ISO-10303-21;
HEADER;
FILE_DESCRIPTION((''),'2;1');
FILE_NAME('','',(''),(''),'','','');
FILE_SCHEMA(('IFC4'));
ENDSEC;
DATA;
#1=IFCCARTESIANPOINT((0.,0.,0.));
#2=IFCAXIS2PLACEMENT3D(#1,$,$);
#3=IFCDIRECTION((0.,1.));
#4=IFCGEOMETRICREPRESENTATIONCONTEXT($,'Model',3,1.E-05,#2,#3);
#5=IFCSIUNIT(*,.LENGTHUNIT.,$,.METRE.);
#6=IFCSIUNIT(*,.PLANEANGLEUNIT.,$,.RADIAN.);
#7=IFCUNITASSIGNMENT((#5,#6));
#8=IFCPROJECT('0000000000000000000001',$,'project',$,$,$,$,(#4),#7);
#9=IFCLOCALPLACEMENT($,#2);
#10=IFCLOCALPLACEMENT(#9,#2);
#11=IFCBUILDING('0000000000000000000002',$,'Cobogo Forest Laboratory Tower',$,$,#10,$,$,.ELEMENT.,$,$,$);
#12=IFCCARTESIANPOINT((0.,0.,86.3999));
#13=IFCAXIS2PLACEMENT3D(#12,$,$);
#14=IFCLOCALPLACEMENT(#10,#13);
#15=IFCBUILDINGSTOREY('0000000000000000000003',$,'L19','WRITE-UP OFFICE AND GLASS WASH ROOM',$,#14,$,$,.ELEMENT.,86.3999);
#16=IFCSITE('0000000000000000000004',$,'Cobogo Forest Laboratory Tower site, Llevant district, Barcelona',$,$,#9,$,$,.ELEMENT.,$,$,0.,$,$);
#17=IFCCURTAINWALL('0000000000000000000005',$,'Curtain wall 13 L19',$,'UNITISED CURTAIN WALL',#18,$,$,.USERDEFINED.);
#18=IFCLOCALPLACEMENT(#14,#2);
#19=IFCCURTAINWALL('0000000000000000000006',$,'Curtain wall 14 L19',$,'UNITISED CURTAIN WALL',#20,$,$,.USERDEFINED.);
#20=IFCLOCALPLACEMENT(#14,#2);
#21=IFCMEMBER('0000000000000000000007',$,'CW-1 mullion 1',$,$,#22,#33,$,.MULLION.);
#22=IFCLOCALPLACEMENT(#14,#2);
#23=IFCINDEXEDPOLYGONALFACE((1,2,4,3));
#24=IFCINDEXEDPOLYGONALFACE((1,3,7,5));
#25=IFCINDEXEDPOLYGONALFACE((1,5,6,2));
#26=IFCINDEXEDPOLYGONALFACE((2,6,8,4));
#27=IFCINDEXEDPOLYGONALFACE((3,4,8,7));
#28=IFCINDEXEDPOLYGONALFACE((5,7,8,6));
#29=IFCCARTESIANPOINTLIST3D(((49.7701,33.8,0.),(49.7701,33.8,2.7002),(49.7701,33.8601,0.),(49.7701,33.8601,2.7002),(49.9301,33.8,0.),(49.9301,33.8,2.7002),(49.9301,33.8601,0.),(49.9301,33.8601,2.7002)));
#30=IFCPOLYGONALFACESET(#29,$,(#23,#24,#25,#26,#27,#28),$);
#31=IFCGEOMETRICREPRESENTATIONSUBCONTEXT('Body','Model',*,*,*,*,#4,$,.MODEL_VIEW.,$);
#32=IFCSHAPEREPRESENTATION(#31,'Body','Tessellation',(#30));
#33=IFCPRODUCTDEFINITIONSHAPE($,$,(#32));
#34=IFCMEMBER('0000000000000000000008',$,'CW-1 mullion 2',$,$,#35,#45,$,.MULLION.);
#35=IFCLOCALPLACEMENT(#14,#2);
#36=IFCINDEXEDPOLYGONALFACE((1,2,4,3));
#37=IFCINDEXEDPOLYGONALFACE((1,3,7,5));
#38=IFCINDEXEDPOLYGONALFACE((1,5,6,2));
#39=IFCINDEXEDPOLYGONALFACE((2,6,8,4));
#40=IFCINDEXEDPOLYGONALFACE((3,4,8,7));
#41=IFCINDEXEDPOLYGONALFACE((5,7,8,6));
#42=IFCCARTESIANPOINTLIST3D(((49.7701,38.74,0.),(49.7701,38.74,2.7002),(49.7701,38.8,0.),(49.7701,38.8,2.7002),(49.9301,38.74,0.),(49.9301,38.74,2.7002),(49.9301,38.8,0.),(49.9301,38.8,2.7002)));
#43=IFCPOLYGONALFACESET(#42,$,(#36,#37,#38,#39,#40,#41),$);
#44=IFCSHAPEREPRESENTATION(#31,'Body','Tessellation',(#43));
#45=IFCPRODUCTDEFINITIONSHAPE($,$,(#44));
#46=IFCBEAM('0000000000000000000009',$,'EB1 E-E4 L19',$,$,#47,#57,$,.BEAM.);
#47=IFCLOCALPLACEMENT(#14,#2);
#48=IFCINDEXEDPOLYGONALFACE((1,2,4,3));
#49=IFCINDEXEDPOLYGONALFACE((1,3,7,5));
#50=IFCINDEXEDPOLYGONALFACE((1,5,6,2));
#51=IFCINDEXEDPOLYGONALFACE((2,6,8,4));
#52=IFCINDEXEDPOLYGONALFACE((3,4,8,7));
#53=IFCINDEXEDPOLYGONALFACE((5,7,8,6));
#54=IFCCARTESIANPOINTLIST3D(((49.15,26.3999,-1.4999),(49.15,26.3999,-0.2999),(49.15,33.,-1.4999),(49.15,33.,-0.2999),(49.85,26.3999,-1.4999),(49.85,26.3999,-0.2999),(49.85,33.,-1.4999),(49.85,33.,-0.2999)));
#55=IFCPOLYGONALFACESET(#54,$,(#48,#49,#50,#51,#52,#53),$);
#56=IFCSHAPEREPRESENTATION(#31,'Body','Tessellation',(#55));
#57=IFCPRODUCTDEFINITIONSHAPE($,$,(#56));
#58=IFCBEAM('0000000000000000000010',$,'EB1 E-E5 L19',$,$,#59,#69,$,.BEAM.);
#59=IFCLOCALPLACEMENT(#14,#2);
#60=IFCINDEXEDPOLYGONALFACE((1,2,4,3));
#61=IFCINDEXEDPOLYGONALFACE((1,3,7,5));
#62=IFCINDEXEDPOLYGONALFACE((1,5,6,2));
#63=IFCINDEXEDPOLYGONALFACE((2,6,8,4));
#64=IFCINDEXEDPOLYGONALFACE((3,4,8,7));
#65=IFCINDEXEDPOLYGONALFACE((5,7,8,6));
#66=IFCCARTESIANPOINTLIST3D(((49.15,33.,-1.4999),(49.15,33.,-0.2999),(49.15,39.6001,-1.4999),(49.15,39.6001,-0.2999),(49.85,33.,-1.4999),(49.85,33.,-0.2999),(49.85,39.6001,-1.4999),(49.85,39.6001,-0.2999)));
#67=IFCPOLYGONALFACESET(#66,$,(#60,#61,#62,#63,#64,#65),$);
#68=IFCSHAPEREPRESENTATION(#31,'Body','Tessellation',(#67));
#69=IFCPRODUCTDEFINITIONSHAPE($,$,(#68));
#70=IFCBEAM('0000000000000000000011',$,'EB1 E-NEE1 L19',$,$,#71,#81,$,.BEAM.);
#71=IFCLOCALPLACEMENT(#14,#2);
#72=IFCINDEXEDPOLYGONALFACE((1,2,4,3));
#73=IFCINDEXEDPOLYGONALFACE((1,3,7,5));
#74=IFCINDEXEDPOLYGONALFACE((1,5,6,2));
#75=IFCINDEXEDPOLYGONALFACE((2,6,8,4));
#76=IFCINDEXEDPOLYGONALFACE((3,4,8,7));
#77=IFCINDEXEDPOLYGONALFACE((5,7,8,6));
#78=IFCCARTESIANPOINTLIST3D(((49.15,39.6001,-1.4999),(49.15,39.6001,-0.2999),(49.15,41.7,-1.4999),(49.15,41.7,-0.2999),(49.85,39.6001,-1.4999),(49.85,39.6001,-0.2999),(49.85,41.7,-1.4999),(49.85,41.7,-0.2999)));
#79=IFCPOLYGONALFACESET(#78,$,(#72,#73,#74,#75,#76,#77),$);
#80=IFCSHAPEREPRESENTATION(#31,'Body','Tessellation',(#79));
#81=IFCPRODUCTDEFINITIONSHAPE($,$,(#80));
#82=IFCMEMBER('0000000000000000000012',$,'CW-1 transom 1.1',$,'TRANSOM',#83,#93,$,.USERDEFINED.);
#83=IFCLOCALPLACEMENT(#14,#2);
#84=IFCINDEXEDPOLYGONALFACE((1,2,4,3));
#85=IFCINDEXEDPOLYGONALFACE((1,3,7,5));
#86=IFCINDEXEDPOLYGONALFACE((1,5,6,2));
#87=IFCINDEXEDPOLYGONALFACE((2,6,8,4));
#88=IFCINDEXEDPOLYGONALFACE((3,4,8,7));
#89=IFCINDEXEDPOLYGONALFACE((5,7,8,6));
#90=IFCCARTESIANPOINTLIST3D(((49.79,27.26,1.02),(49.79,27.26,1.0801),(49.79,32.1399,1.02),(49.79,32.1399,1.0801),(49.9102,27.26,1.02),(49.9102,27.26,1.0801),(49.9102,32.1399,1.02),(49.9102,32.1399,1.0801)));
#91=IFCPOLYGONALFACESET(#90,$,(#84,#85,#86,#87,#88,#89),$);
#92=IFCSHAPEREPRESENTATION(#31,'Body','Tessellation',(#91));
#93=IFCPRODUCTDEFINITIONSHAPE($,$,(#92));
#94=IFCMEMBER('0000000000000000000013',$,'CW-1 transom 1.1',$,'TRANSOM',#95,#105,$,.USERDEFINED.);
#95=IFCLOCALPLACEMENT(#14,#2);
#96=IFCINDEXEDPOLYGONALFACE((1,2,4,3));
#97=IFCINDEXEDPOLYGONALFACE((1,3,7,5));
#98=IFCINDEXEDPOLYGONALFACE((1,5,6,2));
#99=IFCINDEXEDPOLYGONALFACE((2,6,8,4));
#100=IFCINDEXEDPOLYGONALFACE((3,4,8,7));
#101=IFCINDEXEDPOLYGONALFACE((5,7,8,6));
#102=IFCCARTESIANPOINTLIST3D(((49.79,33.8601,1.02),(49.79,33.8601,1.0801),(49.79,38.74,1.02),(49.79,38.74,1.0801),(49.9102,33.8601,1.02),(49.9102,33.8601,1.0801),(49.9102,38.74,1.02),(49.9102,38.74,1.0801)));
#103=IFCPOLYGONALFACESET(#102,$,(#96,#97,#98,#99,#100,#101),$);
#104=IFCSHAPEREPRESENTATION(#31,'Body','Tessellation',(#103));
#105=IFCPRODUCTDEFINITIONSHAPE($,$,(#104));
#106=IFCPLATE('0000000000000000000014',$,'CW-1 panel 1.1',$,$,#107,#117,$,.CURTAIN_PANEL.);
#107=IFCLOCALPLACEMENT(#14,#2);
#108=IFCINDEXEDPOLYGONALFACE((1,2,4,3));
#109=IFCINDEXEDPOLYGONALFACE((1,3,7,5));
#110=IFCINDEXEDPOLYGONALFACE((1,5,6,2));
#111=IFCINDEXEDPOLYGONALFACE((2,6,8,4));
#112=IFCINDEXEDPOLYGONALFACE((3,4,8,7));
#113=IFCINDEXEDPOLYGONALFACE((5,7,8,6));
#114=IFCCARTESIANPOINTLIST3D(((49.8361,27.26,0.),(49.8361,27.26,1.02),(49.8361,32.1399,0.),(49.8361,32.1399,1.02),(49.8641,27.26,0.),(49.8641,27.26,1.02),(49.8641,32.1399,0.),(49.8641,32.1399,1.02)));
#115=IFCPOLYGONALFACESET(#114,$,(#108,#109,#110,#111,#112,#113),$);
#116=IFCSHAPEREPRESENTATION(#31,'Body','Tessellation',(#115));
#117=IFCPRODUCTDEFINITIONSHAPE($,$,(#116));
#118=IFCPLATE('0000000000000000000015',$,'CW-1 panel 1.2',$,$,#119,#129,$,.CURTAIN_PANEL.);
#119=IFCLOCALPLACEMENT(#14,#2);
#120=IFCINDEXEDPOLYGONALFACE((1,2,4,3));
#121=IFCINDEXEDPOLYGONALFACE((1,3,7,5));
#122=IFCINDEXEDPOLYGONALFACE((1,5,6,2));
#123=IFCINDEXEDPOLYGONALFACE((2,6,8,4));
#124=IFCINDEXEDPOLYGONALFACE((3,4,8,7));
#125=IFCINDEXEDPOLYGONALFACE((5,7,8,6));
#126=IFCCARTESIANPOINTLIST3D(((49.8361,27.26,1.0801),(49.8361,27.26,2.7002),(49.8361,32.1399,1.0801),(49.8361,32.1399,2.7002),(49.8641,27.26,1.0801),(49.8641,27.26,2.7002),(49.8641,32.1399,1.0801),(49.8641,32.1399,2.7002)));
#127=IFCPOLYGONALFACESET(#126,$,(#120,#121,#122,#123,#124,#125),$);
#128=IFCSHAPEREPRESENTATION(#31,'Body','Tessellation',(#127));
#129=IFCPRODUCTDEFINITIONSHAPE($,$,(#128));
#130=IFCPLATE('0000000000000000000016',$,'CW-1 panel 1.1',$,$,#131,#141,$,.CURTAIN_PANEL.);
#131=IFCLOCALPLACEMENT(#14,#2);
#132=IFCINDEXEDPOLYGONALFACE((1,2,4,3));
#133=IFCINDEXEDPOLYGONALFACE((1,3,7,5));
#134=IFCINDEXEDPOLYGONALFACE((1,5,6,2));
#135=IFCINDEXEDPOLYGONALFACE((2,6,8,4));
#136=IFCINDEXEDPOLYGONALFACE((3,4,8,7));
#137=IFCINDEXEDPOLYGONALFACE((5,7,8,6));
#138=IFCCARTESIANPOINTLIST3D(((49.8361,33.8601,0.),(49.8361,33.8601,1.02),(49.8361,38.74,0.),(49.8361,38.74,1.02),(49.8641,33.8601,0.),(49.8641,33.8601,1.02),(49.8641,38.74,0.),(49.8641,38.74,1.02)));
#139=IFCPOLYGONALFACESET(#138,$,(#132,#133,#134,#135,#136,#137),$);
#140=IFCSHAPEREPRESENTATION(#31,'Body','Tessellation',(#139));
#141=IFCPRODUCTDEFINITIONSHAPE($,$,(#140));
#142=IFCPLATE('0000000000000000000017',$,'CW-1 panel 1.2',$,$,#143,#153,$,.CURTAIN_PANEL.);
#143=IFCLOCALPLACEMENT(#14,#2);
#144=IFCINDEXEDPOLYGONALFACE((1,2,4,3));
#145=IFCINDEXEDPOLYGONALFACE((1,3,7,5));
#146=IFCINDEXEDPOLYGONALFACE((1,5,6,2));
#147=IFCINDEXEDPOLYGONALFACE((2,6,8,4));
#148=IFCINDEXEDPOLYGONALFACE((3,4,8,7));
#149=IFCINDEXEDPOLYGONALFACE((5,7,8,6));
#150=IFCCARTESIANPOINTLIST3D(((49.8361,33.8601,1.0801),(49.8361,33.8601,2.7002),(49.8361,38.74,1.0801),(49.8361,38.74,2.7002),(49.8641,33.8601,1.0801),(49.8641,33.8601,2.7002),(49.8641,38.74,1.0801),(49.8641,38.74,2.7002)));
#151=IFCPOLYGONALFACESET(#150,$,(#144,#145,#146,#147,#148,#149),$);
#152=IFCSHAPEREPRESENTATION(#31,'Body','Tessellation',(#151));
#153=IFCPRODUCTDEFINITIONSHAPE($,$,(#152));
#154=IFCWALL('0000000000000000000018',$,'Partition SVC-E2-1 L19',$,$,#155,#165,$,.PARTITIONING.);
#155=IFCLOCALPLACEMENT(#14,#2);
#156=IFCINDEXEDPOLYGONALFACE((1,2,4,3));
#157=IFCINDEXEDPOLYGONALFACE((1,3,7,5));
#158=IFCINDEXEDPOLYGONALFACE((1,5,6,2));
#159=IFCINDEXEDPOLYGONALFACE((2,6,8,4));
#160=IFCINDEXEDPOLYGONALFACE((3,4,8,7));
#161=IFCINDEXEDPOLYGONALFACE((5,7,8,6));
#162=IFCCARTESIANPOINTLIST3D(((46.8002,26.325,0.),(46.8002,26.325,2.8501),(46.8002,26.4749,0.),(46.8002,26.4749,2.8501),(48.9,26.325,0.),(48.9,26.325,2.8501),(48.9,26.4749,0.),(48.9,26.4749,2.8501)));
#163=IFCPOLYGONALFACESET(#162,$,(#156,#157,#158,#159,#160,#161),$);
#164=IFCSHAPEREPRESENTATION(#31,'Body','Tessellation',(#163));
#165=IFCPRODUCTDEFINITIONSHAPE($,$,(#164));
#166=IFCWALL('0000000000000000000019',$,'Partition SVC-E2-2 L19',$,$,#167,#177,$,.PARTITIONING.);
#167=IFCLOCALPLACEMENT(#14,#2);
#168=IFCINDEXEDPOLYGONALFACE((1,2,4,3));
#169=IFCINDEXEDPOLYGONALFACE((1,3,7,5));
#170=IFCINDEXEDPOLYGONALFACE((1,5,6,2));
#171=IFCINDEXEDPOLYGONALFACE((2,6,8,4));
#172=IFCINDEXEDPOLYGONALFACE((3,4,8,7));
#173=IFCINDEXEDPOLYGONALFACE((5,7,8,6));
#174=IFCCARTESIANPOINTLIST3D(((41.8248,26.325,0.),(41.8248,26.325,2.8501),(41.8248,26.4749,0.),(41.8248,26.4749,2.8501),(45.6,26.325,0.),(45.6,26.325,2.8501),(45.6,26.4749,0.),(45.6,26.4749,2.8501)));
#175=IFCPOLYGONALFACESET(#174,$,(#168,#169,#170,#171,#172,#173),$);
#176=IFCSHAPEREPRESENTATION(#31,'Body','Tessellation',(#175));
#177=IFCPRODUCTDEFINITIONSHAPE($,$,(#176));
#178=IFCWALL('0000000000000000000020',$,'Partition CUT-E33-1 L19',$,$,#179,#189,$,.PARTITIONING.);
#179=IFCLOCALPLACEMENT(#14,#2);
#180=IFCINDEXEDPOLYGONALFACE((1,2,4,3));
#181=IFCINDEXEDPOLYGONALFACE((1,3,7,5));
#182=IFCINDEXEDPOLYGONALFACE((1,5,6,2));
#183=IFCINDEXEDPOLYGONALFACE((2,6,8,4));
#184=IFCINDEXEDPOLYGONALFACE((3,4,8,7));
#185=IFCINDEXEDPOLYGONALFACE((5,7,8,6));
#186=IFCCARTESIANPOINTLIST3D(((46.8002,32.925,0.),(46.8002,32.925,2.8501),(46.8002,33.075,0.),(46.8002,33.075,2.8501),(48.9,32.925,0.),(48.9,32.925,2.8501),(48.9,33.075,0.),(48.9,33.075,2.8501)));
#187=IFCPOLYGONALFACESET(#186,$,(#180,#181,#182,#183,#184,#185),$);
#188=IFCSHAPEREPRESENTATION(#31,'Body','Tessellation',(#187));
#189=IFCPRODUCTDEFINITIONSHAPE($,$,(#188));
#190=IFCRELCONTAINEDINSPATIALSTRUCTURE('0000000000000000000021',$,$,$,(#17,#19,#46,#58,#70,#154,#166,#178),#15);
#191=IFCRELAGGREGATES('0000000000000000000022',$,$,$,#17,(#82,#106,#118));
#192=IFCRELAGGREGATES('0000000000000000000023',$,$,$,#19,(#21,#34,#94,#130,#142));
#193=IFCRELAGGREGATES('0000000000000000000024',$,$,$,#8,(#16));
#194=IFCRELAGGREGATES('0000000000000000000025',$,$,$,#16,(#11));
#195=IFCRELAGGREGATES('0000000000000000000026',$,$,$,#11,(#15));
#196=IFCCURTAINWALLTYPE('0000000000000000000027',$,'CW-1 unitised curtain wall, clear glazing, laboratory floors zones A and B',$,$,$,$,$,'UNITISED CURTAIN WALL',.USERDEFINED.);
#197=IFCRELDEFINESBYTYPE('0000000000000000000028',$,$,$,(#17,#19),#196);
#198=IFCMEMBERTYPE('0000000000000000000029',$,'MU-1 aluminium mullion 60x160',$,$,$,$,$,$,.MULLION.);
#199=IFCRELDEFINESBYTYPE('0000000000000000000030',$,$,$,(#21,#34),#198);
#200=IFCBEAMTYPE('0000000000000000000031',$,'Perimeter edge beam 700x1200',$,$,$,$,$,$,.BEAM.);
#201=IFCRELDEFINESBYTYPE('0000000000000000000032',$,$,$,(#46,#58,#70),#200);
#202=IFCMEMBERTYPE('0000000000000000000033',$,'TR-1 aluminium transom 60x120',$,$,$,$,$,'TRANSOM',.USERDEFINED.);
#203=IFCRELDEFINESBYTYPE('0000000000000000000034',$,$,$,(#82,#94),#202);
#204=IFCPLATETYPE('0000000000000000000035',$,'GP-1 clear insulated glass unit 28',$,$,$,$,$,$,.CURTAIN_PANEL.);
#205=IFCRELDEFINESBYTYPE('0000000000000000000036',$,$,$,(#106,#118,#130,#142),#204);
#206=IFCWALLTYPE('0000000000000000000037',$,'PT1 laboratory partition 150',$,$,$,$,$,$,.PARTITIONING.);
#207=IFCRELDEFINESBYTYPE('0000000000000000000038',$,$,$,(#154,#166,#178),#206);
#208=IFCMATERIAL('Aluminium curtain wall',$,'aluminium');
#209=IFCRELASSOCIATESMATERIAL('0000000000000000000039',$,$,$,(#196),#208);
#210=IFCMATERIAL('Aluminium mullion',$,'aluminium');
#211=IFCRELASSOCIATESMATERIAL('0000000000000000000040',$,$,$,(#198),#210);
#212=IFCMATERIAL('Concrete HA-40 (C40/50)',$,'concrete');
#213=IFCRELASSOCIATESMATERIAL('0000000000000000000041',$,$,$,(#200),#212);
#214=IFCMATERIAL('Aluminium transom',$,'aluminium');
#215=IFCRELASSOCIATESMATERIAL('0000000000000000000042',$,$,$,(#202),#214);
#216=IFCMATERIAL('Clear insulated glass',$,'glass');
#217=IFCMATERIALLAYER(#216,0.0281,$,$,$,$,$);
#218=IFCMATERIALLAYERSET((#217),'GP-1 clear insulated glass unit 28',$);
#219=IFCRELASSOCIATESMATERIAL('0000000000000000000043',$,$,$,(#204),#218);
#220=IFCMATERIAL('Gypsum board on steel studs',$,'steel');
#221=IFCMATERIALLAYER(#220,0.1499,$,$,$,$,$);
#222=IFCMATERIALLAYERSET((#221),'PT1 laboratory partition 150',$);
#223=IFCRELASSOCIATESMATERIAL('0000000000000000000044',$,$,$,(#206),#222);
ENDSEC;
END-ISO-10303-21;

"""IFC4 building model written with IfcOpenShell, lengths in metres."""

from ifc_helpers import new_model, si_unit, direction, frame, frame_2d, origin, origin_2d, place, context, subcontext, project, spatial, rectangle, extrude, material, layer, layer_set, material_profile, profile_set, type_object, element, aggregate, save


model = new_model("IFC4")

# Units and contexts
model_context = context("Model", 3, precision=1e-05, world=origin(), true_north=direction((0.0, 1.0)))
body_context = subcontext(model_context, "Body", "Model", "MODEL_VIEW")
ifc_project = project(units=[si_unit("LENGTHUNIT", "METRE"), si_unit("PLANEANGLEUNIT", "RADIAN")], contexts=[model_context])

# Site, building, storey
site_placement = place(None, origin())
site = spatial("IfcSite", under=ifc_project, at=site_placement, Name="Cobogo Forest Laboratory Tower site, Llevant district, Barcelona", CompositionType="ELEMENT", RefElevation=0.0)
building_placement = place(site_placement, origin())
building = spatial("IfcBuilding", under=site, at=building_placement, Name="Cobogo Forest Laboratory Tower", CompositionType="ELEMENT")
storey_placement = place(building_placement, frame((0.0, 0.0, 86.3999)))
storey = spatial("IfcBuildingStorey", under=building, at=storey_placement, Name="L19", Description="WRITE-UP OFFICE AND GLASS WASH ROOM", CompositionType="ELEMENT", Elevation=86.3999)

# Shared definitions
ifc_material_1 = material(Name="Concrete HA-40 (C40/50)", Category="concrete")

# Curtain walls, members
ifc_material_2 = material(Name="Aluminium curtain wall", Category="aluminium")
curtain_wall_type = type_object("IfcCurtainWallType", Name="CW-1 unitised curtain wall, clear glazing, laboratory floors zones A and B", ElementType="UNITISED CURTAIN WALL", PredefinedType="USERDEFINED", material=ifc_material_2)
curtain_wall_1_placement = place(storey_placement, origin())
curtain_wall_1 = element("IfcCurtainWall", 1, at=curtain_wall_1_placement, inside=storey, type_object=curtain_wall_type, Name="Curtain wall 13 L19", ObjectType="UNITISED CURTAIN WALL", PredefinedType="USERDEFINED")
ifc_material_3 = material(Name="Aluminium mullion", Category="aluminium")
ifc_material_profile_1 = material_profile(ifc_material_3, rectangle(XDim=0.0601, YDim=0.1599, at=origin_2d()), Name="AL 60x160")
ifc_profile_set_1 = profile_set([ifc_material_profile_1], Name="Aluminium mullion")
member_type_1 = type_object("IfcMemberType", Name="MU-1 aluminium mullion 60x160", PredefinedType="MULLION", material=ifc_profile_set_1)
curtain_wall_2_placement = place(storey_placement, origin())
curtain_wall_2 = element("IfcCurtainWall", 2, at=curtain_wall_2_placement, inside=storey, type_object=curtain_wall_type, Name="Curtain wall 14 L19", ObjectType="UNITISED CURTAIN WALL", PredefinedType="USERDEFINED")
member_1_placement = place(storey_placement, frame((49.8501, 33.8301, 0.0), z_axis=(0.0, 0.0, 1.0), x_axis=(0.0, 1.0, 0.0)))
member_1 = element("IfcMember", 3, at=member_1_placement, type_object=member_type_1, Name="CW-1 mullion 1", PredefinedType="MULLION", context=body_context, shape_type="SweptSolid", body=[
    extrude(rectangle(XDim=0.0601, YDim=0.1599, at=origin_2d()), origin(), (0.0, 0.0, 1.0), 2.7002),
])
member_2_placement = place(storey_placement, frame((49.8501, 38.77, 0.0), z_axis=(0.0, 0.0, 1.0), x_axis=(0.0, 1.0, 0.0)))
member_2 = element("IfcMember", 4, at=member_2_placement, type_object=member_type_1, Name="CW-1 mullion 2", PredefinedType="MULLION", context=body_context, shape_type="SweptSolid", body=[
    extrude(rectangle(XDim=0.0601, YDim=0.1599, at=origin_2d()), origin(), (0.0, 0.0, 1.0), 2.7002),
])

# Beams
ifc_material_profile_2 = material_profile(ifc_material_1, rectangle(XDim=0.7, YDim=1.2, at=origin_2d()), Name="RC 700x1200")
ifc_profile_set_2 = profile_set([ifc_material_profile_2], Name="Concrete HA-40 (C40/50)")
beam_type_1 = type_object("IfcBeamType", Name="Perimeter edge beam 700x1200", PredefinedType="BEAM", material=ifc_profile_set_2)
for number, where, z_axis, x_axis, name in (
    (5, (49.5, 26.3999, -0.8999), (0.0, 1.0, 0.0), (-1.0, 0.0, 0.0), "EB1 E-E4 L19"),
    (6, (49.5, 33.0, -0.8999), (0.0, 1.0, 0.0), (-1.0, 0.0, 0.0), "EB1 E-E5 L19"),
):
    element("IfcBeam", number, at=place(storey_placement, frame(where, z_axis=z_axis, x_axis=x_axis)), inside=storey, type_object=beam_type_1, Name=name, PredefinedType="BEAM", context=body_context, shape_type="SweptSolid", body=[
        extrude(rectangle(XDim=0.7, YDim=1.2, at=origin_2d()), origin(), (0.0, 0.0, 1.0), 6.6001),
    ])
beam_1_placement = place(storey_placement, frame((49.5, 39.6001, -0.8999), z_axis=(0.0, 1.0, 0.0), x_axis=(-1.0, 0.0, 0.0)))
element("IfcBeam", 7, at=beam_1_placement, inside=storey, type_object=beam_type_1, Name="EB1 E-NEE1 L19", PredefinedType="BEAM", context=body_context, shape_type="SweptSolid", body=[
    extrude(rectangle(XDim=0.7, YDim=1.2, at=origin_2d()), origin(), (0.0, 0.0, 1.0), 2.0999),
])

# Members
ifc_material_4 = material(Name="Aluminium transom", Category="aluminium")
ifc_material_profile_3 = material_profile(ifc_material_4, rectangle(XDim=0.1201, YDim=0.0601, at=origin_2d()), Name="AL 60x120")
ifc_profile_set_3 = profile_set([ifc_material_profile_3], Name="Aluminium transom")
member_type_2 = type_object("IfcMemberType", Name="TR-1 aluminium transom 60x120", ElementType="TRANSOM", PredefinedType="USERDEFINED", material=ifc_profile_set_3)
member_3_placement = place(storey_placement, frame((49.8501, 27.26, 1.05), z_axis=(0.0, 1.0, 0.0), x_axis=(-1.0, 0.0, 0.0)))
member_3 = element("IfcMember", 8, at=member_3_placement, type_object=member_type_2, Name="CW-1 transom 1.1", ObjectType="TRANSOM", PredefinedType="USERDEFINED", context=body_context, shape_type="SweptSolid", body=[
    extrude(rectangle(XDim=0.1201, YDim=0.0601, at=origin_2d()), origin(), (0.0, 0.0, 1.0), 4.8799),
])
member_4_placement = place(storey_placement, frame((49.8501, 33.8601, 1.05), z_axis=(0.0, 1.0, 0.0), x_axis=(-1.0, 0.0, 0.0)))
member_4 = element("IfcMember", 9, at=member_4_placement, type_object=member_type_2, Name="CW-1 transom 1.1", ObjectType="TRANSOM", PredefinedType="USERDEFINED", context=body_context, shape_type="SweptSolid", body=[
    extrude(rectangle(XDim=0.1201, YDim=0.0601, at=origin_2d()), origin(), (0.0, 0.0, 1.0), 4.8799),
])

# Plates
ifc_material_5 = material(Name="Clear insulated glass", Category="glass")
ifc_layer_1 = layer(ifc_material_5, 0.0281)
ifc_layer_set_1 = layer_set([ifc_layer_1], Name="GP-1 clear insulated glass unit 28")
plate_type_1 = type_object("IfcPlateType", Name="GP-1 clear insulated glass unit 28", PredefinedType="CURTAIN_PANEL", material=ifc_layer_set_1)
plate_1_placement = place(storey_placement, frame((49.8501, 29.7, 0.0), z_axis=(0.0, 0.0, 1.0), x_axis=(0.0, 1.0, 0.0)))
plate_1 = element("IfcPlate", 10, at=plate_1_placement, type_object=plate_type_1, Name="CW-1 panel 1.1", PredefinedType="CURTAIN_PANEL", context=body_context, shape_type="SweptSolid", body=[
    extrude(rectangle(XDim=4.8799, YDim=0.0281, at=origin_2d()), origin(), (0.0, 0.0, 1.0), 1.02),
])
plate_2_placement = place(storey_placement, frame((49.8501, 29.7, 1.0801), z_axis=(0.0, 0.0, 1.0), x_axis=(0.0, 1.0, 0.0)))
plate_2 = element("IfcPlate", 11, at=plate_2_placement, type_object=plate_type_1, Name="CW-1 panel 1.2", PredefinedType="CURTAIN_PANEL", context=body_context, shape_type="SweptSolid", body=[
    extrude(rectangle(XDim=4.8799, YDim=0.0281, at=origin_2d()), origin(), (0.0, 0.0, 1.0), 1.6201),
])
aggregate(curtain_wall_1, [member_3, plate_1, plate_2])
plate_3_placement = place(storey_placement, frame((49.8501, 36.3, 0.0), z_axis=(0.0, 0.0, 1.0), x_axis=(0.0, 1.0, 0.0)))
plate_3 = element("IfcPlate", 12, at=plate_3_placement, type_object=plate_type_1, Name="CW-1 panel 1.1", PredefinedType="CURTAIN_PANEL", context=body_context, shape_type="SweptSolid", body=[
    extrude(rectangle(XDim=4.8799, YDim=0.0281, at=origin_2d()), origin(), (0.0, 0.0, 1.0), 1.02),
])
plate_4_placement = place(storey_placement, frame((49.8501, 36.3, 1.0801), z_axis=(0.0, 0.0, 1.0), x_axis=(0.0, 1.0, 0.0)))
plate_4 = element("IfcPlate", 13, at=plate_4_placement, type_object=plate_type_1, Name="CW-1 panel 1.2", PredefinedType="CURTAIN_PANEL", context=body_context, shape_type="SweptSolid", body=[
    extrude(rectangle(XDim=4.8799, YDim=0.0281, at=origin_2d()), origin(), (0.0, 0.0, 1.0), 1.6201),
])
aggregate(curtain_wall_2, [member_1, member_2, member_4, plate_3, plate_4])

# Walls
ifc_material_6 = material(Name="Gypsum board on steel studs", Category="steel")
ifc_layer_2 = layer(ifc_material_6, 0.1499)
ifc_layer_set_2 = layer_set([ifc_layer_2], Name="PT1 laboratory partition 150")
wall_type = type_object("IfcWallType", Name="PT1 laboratory partition 150", PredefinedType="PARTITIONING", material=ifc_layer_set_2)
wall_1_placement = place(storey_placement, frame((48.8999, 26.3999, 0.0), z_axis=(0.0, 0.0, 1.0), x_axis=(-1.0, 0.0, 0.0)))
element("IfcWall", 14, at=wall_1_placement, inside=storey, type_object=wall_type, Name="Partition SVC-E2-1 L19", PredefinedType="PARTITIONING", context=body_context, shape_type="SweptSolid", body=[
    extrude(rectangle(XDim=2.0999, YDim=0.1499, at=frame_2d((1.0498, 0.0))), origin(), (0.0, 0.0, 1.0), 2.8501),
])
wall_2_placement = place(storey_placement, frame((45.6001, 26.3999, 0.0), z_axis=(0.0, 0.0, 1.0), x_axis=(-1.0, 0.0, 0.0)))
element("IfcWall", 15, at=wall_2_placement, inside=storey, type_object=wall_type, Name="Partition SVC-E2-2 L19", PredefinedType="PARTITIONING", context=body_context, shape_type="SweptSolid", body=[
    extrude(rectangle(XDim=3.7751, YDim=0.1499, at=frame_2d((1.8877, 0.0))), origin(), (0.0, 0.0, 1.0), 2.8501),
])
wall_3_placement = place(storey_placement, frame((48.8999, 33.0, 0.0), z_axis=(0.0, 0.0, 1.0), x_axis=(-1.0, 0.0, 0.0)))
element("IfcWall", 16, at=wall_3_placement, inside=storey, type_object=wall_type, Name="Partition CUT-E33-1 L19", PredefinedType="PARTITIONING", context=body_context, shape_type="SweptSolid", body=[
    extrude(rectangle(XDim=2.0999, YDim=0.1499, at=frame_2d((1.0498, 0.0))), origin(), (0.0, 0.0, 1.0), 2.8501),
])

save(model, "model.ifc")
